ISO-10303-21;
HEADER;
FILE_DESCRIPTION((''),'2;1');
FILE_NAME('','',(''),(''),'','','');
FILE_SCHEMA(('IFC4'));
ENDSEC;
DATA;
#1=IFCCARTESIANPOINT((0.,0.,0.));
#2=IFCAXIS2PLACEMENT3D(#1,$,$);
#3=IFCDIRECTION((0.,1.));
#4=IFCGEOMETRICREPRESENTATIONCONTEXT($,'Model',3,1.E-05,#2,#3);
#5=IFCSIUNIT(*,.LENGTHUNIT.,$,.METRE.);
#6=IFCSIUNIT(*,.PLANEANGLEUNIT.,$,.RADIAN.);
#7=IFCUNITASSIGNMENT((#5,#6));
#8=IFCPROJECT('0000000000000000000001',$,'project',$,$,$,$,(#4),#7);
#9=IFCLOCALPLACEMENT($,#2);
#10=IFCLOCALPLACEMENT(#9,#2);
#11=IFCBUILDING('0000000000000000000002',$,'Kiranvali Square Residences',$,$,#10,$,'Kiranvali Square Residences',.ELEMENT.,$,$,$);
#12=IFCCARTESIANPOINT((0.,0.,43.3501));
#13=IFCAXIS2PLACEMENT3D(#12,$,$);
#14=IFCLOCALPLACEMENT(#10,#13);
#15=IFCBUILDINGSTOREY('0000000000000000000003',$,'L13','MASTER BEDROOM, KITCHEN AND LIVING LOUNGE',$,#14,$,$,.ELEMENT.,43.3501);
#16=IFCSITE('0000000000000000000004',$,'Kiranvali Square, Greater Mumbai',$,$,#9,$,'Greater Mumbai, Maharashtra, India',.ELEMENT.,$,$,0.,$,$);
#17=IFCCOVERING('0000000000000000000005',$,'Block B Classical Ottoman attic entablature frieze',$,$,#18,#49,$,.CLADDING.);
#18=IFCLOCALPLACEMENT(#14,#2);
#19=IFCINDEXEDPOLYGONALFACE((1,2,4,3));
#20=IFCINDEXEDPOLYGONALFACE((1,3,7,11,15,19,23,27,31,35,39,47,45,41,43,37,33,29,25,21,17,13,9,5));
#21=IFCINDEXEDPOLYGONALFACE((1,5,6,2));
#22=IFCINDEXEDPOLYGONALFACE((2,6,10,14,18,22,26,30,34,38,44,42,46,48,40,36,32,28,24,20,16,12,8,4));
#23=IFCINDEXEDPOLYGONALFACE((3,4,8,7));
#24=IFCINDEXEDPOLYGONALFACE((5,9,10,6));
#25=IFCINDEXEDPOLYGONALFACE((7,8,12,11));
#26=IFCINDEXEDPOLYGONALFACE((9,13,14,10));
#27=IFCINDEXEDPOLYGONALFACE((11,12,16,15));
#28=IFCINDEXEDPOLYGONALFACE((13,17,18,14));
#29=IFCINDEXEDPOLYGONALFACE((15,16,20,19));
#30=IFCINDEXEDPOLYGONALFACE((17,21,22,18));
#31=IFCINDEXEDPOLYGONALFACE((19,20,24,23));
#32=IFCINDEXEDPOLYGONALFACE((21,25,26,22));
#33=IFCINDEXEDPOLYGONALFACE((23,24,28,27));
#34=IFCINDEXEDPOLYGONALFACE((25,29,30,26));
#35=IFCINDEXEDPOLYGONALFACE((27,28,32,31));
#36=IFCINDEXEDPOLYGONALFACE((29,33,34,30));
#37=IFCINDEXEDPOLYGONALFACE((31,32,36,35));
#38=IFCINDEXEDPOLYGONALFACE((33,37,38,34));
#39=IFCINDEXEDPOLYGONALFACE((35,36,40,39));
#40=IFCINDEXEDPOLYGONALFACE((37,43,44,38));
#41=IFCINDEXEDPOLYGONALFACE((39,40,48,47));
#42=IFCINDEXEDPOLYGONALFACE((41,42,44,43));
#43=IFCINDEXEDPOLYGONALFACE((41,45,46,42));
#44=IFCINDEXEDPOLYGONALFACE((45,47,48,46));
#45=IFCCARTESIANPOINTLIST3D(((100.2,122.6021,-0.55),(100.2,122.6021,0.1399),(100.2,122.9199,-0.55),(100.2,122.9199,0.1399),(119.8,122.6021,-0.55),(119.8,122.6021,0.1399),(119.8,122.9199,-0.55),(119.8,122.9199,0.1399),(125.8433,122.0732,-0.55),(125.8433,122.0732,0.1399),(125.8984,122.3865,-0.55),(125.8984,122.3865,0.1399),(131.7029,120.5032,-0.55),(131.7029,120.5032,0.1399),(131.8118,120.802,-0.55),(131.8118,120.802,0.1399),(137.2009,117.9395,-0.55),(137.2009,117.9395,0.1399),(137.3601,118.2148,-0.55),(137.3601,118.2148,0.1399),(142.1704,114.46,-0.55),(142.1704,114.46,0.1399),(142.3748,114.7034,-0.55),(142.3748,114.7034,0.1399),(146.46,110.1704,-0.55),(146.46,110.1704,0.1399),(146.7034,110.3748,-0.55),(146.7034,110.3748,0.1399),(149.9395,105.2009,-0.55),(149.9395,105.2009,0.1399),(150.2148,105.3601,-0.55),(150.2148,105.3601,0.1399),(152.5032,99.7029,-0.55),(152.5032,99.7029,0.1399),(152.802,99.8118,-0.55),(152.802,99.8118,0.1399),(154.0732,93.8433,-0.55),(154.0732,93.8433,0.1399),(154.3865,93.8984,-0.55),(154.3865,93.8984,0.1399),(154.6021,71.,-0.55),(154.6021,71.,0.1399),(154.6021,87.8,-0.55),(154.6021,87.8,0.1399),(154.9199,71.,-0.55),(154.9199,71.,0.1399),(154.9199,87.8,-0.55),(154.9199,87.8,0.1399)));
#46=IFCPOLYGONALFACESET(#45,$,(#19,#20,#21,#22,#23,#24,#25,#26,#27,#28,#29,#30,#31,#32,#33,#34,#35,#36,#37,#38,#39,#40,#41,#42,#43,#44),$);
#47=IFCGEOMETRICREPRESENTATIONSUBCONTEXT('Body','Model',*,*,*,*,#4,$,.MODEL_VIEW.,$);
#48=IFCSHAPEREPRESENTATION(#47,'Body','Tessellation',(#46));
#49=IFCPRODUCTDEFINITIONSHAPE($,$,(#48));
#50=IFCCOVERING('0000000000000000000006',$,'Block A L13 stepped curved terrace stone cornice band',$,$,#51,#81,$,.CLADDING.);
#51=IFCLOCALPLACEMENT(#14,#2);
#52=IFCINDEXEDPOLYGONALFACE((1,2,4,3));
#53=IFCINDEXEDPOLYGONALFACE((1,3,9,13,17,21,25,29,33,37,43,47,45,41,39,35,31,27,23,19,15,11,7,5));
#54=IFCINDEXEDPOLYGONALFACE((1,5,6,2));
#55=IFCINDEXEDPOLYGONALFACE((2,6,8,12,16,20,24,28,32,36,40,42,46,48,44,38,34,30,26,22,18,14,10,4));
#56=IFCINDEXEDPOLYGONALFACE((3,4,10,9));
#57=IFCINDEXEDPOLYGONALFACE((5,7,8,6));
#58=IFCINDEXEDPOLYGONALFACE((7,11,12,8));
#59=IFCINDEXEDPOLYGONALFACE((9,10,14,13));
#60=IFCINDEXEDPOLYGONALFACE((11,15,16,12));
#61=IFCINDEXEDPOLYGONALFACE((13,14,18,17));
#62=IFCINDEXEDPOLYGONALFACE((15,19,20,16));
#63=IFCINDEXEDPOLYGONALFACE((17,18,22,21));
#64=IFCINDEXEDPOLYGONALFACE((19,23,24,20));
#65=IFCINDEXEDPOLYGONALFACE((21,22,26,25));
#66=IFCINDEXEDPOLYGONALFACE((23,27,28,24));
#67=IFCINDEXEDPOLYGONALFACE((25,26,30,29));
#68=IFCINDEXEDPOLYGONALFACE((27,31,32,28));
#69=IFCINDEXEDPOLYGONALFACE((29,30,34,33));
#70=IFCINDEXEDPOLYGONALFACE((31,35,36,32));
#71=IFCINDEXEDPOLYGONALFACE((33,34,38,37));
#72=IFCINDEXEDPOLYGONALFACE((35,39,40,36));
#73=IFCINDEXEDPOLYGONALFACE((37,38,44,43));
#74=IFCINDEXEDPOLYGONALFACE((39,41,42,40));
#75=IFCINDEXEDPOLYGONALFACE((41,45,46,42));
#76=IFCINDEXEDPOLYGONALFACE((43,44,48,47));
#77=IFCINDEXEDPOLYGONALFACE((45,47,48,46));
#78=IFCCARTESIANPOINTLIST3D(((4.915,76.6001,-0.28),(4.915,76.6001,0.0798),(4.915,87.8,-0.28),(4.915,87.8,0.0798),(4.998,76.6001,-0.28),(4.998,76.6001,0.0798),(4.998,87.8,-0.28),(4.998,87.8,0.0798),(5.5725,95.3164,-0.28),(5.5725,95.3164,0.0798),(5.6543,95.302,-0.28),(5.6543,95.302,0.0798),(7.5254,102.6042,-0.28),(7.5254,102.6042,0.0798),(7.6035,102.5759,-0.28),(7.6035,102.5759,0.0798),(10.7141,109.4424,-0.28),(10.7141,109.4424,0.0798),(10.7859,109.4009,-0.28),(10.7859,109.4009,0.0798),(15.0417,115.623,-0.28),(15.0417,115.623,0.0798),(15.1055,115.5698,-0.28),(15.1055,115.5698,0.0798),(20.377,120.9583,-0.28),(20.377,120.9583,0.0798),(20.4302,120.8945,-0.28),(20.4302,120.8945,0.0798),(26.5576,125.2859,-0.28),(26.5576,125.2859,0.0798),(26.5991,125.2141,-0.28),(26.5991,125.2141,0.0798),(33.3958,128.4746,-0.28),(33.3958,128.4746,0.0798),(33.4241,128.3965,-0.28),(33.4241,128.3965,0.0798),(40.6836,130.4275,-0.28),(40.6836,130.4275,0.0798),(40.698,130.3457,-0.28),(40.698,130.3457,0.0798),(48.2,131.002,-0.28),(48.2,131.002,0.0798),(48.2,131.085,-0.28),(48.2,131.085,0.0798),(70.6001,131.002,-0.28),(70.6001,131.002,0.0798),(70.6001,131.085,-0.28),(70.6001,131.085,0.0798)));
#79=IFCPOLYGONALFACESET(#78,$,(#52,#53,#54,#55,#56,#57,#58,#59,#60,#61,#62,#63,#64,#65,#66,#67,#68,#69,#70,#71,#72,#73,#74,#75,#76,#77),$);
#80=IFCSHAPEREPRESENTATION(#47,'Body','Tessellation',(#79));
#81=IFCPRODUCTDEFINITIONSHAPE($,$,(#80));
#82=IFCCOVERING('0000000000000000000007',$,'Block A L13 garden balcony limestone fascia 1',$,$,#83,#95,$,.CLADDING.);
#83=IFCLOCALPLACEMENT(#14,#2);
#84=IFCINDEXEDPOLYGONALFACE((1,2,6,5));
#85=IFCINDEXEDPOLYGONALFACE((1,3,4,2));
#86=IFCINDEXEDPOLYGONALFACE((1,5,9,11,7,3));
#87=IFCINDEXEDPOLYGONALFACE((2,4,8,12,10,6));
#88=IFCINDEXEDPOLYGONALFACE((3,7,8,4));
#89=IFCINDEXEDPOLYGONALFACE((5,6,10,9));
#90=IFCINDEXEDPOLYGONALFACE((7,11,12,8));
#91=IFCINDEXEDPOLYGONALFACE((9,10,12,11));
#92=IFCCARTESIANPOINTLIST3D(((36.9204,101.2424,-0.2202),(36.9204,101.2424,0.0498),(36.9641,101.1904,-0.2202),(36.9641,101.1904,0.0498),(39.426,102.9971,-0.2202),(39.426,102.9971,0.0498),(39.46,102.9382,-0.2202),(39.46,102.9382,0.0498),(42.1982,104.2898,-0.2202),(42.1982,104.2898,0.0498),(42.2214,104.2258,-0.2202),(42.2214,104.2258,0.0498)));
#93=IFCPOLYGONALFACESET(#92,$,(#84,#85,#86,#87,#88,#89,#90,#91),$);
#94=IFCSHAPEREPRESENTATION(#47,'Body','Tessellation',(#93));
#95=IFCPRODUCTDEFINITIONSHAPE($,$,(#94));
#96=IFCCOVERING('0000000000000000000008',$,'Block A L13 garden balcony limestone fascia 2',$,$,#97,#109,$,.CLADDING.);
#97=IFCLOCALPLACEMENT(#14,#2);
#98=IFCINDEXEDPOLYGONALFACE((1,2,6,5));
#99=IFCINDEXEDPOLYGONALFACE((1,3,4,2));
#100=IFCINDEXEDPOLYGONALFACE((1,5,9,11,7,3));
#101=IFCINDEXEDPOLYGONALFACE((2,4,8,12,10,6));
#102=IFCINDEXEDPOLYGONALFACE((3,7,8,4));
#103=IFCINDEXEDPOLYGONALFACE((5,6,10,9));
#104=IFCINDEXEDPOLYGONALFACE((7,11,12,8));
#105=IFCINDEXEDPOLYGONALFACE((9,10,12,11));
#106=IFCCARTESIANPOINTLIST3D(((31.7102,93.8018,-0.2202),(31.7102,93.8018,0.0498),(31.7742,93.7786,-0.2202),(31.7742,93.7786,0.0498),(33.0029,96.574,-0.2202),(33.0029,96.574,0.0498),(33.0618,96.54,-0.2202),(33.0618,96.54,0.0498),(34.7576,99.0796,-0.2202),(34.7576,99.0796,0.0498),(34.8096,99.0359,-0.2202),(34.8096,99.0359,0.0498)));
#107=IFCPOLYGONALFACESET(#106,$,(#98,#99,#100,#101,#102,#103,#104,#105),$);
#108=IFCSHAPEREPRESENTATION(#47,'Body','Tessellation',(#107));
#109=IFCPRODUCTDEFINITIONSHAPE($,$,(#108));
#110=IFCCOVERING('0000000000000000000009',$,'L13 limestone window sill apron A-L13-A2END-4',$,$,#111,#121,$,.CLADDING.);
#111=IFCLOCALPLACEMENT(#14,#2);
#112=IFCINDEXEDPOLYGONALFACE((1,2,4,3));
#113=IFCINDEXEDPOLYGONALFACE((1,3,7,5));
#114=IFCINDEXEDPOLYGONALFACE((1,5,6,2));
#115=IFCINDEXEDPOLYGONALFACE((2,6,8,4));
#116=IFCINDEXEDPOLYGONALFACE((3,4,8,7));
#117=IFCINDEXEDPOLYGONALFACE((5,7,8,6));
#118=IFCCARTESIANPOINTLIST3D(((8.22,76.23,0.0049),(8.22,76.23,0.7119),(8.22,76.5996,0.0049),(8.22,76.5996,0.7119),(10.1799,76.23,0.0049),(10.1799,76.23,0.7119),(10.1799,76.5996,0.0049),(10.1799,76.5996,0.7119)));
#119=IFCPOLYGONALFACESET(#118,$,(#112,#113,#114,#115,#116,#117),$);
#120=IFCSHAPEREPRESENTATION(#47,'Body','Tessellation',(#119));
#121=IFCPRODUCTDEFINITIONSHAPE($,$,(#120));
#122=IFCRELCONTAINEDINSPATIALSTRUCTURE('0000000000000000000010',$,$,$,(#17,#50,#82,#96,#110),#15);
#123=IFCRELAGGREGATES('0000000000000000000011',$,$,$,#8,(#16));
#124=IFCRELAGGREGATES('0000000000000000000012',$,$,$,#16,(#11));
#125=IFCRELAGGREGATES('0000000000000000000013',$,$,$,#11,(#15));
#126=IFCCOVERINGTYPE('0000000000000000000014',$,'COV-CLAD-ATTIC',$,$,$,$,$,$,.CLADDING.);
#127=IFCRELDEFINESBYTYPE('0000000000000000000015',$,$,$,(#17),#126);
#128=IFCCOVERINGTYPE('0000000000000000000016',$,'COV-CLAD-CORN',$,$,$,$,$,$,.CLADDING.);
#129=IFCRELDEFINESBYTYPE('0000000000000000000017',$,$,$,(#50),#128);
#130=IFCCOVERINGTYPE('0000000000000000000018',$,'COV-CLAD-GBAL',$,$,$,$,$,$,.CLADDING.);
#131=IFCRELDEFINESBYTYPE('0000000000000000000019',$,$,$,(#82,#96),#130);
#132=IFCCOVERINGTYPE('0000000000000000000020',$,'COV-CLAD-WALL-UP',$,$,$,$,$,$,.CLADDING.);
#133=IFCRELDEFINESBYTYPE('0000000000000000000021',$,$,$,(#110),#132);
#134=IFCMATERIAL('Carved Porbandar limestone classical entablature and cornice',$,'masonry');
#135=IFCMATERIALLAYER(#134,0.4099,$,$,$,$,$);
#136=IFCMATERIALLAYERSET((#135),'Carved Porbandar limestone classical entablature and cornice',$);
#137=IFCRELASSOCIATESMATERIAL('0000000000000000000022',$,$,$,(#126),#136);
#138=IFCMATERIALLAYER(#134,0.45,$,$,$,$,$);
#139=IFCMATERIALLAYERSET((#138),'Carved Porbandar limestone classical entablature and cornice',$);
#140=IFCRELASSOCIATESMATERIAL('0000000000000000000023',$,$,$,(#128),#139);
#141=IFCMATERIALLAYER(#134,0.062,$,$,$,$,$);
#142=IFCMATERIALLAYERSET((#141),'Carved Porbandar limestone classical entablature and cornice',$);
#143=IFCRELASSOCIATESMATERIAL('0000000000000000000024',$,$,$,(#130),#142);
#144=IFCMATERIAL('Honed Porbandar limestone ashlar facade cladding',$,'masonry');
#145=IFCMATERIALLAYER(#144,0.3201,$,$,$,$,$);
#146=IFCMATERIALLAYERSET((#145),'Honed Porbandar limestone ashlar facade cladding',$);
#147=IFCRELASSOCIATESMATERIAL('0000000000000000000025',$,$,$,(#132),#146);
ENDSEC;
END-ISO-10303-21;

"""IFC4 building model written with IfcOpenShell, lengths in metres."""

from ifc_helpers import new_model, si_unit, direction, frame, origin, place, context, subcontext, project, spatial, polyline, outline, extrude, material, layer, layer_set, type_object, element, save


model = new_model("IFC4")

# Units and contexts
model_context = context("Model", 3, precision=1e-05, world=origin(), true_north=direction((0.0, 1.0)))
body_context = subcontext(model_context, "Body", "Model", "MODEL_VIEW")
ifc_project = project(units=[si_unit("LENGTHUNIT", "METRE"), si_unit("PLANEANGLEUNIT", "RADIAN")], contexts=[model_context])

# Site, building, storey
site_placement = place(None, origin())
site = spatial("IfcSite", under=ifc_project, at=site_placement, Name="Kiranvali Square, Greater Mumbai", LongName="Greater Mumbai, Maharashtra, India", CompositionType="ELEMENT", RefElevation=0.0)
building_placement = place(site_placement, origin())
building = spatial("IfcBuilding", under=site, at=building_placement, Name="Kiranvali Square Residences", LongName="Kiranvali Square Residences", CompositionType="ELEMENT")
storey_placement = place(building_placement, frame((0.0, 0.0, 43.3501)))
storey = spatial("IfcBuildingStorey", under=building, at=storey_placement, Name="L13", Description="MASTER BEDROOM, KITCHEN AND LIVING LOUNGE", CompositionType="ELEMENT", Elevation=43.3501)

# Coverings
ifc_material_1 = material(Name="Carved Porbandar limestone classical entablature and cornice", Category="masonry")
ifc_layer_1 = layer(ifc_material_1, 0.4099)
ifc_layer_set_1 = layer_set([ifc_layer_1], Name="Carved Porbandar limestone classical entablature and cornice")
covering_type_1 = type_object("IfcCoveringType", Name="COV-CLAD-ATTIC", PredefinedType="CLADDING", material=ifc_layer_set_1)
covering_1_placement = place(storey_placement, frame((0.0, 0.0, -0.55)))
element("IfcCovering", 1, at=covering_1_placement, inside=storey, type_object=covering_type_1, Name="Block B Classical Ottoman attic entablature frieze", PredefinedType="CLADDING", context=body_context, shape_type="SweptSolid", body=[
    extrude(outline(polyline([(100.2, 122.6021), (119.8, 122.6021), (125.8433, 122.0732), (131.7029, 120.5032), (137.2009, 117.9395), (142.1704, 114.46), (146.46, 110.1704), (149.9395, 105.2009), (152.5032, 99.7029), (154.0732, 93.8433), (154.6021, 87.8), (154.6021, 71.0), (154.9199, 71.0), (154.9199, 87.8), (154.3865, 93.8984), (152.802, 99.8118), (150.2148, 105.3601), (146.7034, 110.3748), (142.3748, 114.7034), (137.3601, 118.2148), (131.8118, 120.802), (125.8984, 122.3865), (119.8, 122.9199), (100.2, 122.9199), (100.2, 122.6021)])), origin(), (0.0, 0.0, 1.0), 0.6899),
])
ifc_layer_2 = layer(ifc_material_1, 0.45)
ifc_layer_set_2 = layer_set([ifc_layer_2], Name="Carved Porbandar limestone classical entablature and cornice")
covering_type_2 = type_object("IfcCoveringType", Name="COV-CLAD-CORN", PredefinedType="CLADDING", material=ifc_layer_set_2)
covering_2_placement = place(storey_placement, frame((0.0, 0.0, -0.28)))
element("IfcCovering", 2, at=covering_2_placement, inside=storey, type_object=covering_type_2, Name="Block A L13 stepped curved terrace stone cornice band", PredefinedType="CLADDING", context=body_context, shape_type="SweptSolid", body=[
    extrude(outline(polyline([(70.6001, 131.085), (48.2, 131.085), (40.6836, 130.4275), (33.3958, 128.4746), (26.5576, 125.2859), (20.377, 120.9583), (15.0417, 115.623), (10.7141, 109.4424), (7.5254, 102.6042), (5.5725, 95.3164), (4.915, 87.8), (4.915, 76.6001), (4.998, 76.6001), (4.998, 87.8), (5.6543, 95.302), (7.6035, 102.5759), (10.7859, 109.4009), (15.1055, 115.5698), (20.4302, 120.8945), (26.5991, 125.2141), (33.4241, 128.3965), (40.698, 130.3457), (48.2, 131.002), (70.6001, 131.002), (70.6001, 131.085)])), origin(), (0.0, 0.0, 1.0), 0.3599),
])
ifc_layer_3 = layer(ifc_material_1, 0.062)
ifc_layer_set_3 = layer_set([ifc_layer_3], Name="Carved Porbandar limestone classical entablature and cornice")
covering_type_3 = type_object("IfcCoveringType", Name="COV-CLAD-GBAL", PredefinedType="CLADDING", material=ifc_layer_set_3)
covering_3_placement = place(storey_placement, frame((0.0, 0.0, -0.2202)))
element("IfcCovering", 3, at=covering_3_placement, inside=storey, type_object=covering_type_3, Name="Block A L13 garden balcony limestone fascia 1", PredefinedType="CLADDING", context=body_context, shape_type="SweptSolid", body=[
    extrude(outline(polyline([(42.1982, 104.2898), (39.426, 102.9971), (36.9204, 101.2424), (36.9641, 101.1904), (39.46, 102.9382), (42.2214, 104.2258), (42.1982, 104.2898)])), origin(), (0.0, 0.0, 1.0), 0.27),
])
covering_4_placement = place(storey_placement, frame((0.0, 0.0, -0.2202)))
element("IfcCovering", 4, at=covering_4_placement, inside=storey, type_object=covering_type_3, Name="Block A L13 garden balcony limestone fascia 2", PredefinedType="CLADDING", context=body_context, shape_type="SweptSolid", body=[
    extrude(outline(polyline([(34.7576, 99.0796), (33.0029, 96.574), (31.7102, 93.8018), (31.7742, 93.7786), (33.0618, 96.54), (34.8096, 99.0359), (34.7576, 99.0796)])), origin(), (0.0, 0.0, 1.0), 0.27),
])
ifc_material_2 = material(Name="Honed Porbandar limestone ashlar facade cladding", Category="masonry")
ifc_layer_4 = layer(ifc_material_2, 0.3201)
ifc_layer_set_4 = layer_set([ifc_layer_4], Name="Honed Porbandar limestone ashlar facade cladding")
covering_type_4 = type_object("IfcCoveringType", Name="COV-CLAD-WALL-UP", PredefinedType="CLADDING", material=ifc_layer_set_4)
covering_5_placement = place(storey_placement, frame((0.0, 0.0, 0.0049)))
element("IfcCovering", 5, at=covering_5_placement, inside=storey, type_object=covering_type_4, Name="L13 limestone window sill apron A-L13-A2END-4", PredefinedType="CLADDING", context=body_context, shape_type="SweptSolid", body=[
    extrude(outline(polyline([(10.1799, 76.5996), (8.22, 76.5996), (8.22, 76.23), (10.1799, 76.23), (10.1799, 76.5996)])), origin(), (0.0, 0.0, 1.0), 0.707),
])

save(model, "model.ifc")
